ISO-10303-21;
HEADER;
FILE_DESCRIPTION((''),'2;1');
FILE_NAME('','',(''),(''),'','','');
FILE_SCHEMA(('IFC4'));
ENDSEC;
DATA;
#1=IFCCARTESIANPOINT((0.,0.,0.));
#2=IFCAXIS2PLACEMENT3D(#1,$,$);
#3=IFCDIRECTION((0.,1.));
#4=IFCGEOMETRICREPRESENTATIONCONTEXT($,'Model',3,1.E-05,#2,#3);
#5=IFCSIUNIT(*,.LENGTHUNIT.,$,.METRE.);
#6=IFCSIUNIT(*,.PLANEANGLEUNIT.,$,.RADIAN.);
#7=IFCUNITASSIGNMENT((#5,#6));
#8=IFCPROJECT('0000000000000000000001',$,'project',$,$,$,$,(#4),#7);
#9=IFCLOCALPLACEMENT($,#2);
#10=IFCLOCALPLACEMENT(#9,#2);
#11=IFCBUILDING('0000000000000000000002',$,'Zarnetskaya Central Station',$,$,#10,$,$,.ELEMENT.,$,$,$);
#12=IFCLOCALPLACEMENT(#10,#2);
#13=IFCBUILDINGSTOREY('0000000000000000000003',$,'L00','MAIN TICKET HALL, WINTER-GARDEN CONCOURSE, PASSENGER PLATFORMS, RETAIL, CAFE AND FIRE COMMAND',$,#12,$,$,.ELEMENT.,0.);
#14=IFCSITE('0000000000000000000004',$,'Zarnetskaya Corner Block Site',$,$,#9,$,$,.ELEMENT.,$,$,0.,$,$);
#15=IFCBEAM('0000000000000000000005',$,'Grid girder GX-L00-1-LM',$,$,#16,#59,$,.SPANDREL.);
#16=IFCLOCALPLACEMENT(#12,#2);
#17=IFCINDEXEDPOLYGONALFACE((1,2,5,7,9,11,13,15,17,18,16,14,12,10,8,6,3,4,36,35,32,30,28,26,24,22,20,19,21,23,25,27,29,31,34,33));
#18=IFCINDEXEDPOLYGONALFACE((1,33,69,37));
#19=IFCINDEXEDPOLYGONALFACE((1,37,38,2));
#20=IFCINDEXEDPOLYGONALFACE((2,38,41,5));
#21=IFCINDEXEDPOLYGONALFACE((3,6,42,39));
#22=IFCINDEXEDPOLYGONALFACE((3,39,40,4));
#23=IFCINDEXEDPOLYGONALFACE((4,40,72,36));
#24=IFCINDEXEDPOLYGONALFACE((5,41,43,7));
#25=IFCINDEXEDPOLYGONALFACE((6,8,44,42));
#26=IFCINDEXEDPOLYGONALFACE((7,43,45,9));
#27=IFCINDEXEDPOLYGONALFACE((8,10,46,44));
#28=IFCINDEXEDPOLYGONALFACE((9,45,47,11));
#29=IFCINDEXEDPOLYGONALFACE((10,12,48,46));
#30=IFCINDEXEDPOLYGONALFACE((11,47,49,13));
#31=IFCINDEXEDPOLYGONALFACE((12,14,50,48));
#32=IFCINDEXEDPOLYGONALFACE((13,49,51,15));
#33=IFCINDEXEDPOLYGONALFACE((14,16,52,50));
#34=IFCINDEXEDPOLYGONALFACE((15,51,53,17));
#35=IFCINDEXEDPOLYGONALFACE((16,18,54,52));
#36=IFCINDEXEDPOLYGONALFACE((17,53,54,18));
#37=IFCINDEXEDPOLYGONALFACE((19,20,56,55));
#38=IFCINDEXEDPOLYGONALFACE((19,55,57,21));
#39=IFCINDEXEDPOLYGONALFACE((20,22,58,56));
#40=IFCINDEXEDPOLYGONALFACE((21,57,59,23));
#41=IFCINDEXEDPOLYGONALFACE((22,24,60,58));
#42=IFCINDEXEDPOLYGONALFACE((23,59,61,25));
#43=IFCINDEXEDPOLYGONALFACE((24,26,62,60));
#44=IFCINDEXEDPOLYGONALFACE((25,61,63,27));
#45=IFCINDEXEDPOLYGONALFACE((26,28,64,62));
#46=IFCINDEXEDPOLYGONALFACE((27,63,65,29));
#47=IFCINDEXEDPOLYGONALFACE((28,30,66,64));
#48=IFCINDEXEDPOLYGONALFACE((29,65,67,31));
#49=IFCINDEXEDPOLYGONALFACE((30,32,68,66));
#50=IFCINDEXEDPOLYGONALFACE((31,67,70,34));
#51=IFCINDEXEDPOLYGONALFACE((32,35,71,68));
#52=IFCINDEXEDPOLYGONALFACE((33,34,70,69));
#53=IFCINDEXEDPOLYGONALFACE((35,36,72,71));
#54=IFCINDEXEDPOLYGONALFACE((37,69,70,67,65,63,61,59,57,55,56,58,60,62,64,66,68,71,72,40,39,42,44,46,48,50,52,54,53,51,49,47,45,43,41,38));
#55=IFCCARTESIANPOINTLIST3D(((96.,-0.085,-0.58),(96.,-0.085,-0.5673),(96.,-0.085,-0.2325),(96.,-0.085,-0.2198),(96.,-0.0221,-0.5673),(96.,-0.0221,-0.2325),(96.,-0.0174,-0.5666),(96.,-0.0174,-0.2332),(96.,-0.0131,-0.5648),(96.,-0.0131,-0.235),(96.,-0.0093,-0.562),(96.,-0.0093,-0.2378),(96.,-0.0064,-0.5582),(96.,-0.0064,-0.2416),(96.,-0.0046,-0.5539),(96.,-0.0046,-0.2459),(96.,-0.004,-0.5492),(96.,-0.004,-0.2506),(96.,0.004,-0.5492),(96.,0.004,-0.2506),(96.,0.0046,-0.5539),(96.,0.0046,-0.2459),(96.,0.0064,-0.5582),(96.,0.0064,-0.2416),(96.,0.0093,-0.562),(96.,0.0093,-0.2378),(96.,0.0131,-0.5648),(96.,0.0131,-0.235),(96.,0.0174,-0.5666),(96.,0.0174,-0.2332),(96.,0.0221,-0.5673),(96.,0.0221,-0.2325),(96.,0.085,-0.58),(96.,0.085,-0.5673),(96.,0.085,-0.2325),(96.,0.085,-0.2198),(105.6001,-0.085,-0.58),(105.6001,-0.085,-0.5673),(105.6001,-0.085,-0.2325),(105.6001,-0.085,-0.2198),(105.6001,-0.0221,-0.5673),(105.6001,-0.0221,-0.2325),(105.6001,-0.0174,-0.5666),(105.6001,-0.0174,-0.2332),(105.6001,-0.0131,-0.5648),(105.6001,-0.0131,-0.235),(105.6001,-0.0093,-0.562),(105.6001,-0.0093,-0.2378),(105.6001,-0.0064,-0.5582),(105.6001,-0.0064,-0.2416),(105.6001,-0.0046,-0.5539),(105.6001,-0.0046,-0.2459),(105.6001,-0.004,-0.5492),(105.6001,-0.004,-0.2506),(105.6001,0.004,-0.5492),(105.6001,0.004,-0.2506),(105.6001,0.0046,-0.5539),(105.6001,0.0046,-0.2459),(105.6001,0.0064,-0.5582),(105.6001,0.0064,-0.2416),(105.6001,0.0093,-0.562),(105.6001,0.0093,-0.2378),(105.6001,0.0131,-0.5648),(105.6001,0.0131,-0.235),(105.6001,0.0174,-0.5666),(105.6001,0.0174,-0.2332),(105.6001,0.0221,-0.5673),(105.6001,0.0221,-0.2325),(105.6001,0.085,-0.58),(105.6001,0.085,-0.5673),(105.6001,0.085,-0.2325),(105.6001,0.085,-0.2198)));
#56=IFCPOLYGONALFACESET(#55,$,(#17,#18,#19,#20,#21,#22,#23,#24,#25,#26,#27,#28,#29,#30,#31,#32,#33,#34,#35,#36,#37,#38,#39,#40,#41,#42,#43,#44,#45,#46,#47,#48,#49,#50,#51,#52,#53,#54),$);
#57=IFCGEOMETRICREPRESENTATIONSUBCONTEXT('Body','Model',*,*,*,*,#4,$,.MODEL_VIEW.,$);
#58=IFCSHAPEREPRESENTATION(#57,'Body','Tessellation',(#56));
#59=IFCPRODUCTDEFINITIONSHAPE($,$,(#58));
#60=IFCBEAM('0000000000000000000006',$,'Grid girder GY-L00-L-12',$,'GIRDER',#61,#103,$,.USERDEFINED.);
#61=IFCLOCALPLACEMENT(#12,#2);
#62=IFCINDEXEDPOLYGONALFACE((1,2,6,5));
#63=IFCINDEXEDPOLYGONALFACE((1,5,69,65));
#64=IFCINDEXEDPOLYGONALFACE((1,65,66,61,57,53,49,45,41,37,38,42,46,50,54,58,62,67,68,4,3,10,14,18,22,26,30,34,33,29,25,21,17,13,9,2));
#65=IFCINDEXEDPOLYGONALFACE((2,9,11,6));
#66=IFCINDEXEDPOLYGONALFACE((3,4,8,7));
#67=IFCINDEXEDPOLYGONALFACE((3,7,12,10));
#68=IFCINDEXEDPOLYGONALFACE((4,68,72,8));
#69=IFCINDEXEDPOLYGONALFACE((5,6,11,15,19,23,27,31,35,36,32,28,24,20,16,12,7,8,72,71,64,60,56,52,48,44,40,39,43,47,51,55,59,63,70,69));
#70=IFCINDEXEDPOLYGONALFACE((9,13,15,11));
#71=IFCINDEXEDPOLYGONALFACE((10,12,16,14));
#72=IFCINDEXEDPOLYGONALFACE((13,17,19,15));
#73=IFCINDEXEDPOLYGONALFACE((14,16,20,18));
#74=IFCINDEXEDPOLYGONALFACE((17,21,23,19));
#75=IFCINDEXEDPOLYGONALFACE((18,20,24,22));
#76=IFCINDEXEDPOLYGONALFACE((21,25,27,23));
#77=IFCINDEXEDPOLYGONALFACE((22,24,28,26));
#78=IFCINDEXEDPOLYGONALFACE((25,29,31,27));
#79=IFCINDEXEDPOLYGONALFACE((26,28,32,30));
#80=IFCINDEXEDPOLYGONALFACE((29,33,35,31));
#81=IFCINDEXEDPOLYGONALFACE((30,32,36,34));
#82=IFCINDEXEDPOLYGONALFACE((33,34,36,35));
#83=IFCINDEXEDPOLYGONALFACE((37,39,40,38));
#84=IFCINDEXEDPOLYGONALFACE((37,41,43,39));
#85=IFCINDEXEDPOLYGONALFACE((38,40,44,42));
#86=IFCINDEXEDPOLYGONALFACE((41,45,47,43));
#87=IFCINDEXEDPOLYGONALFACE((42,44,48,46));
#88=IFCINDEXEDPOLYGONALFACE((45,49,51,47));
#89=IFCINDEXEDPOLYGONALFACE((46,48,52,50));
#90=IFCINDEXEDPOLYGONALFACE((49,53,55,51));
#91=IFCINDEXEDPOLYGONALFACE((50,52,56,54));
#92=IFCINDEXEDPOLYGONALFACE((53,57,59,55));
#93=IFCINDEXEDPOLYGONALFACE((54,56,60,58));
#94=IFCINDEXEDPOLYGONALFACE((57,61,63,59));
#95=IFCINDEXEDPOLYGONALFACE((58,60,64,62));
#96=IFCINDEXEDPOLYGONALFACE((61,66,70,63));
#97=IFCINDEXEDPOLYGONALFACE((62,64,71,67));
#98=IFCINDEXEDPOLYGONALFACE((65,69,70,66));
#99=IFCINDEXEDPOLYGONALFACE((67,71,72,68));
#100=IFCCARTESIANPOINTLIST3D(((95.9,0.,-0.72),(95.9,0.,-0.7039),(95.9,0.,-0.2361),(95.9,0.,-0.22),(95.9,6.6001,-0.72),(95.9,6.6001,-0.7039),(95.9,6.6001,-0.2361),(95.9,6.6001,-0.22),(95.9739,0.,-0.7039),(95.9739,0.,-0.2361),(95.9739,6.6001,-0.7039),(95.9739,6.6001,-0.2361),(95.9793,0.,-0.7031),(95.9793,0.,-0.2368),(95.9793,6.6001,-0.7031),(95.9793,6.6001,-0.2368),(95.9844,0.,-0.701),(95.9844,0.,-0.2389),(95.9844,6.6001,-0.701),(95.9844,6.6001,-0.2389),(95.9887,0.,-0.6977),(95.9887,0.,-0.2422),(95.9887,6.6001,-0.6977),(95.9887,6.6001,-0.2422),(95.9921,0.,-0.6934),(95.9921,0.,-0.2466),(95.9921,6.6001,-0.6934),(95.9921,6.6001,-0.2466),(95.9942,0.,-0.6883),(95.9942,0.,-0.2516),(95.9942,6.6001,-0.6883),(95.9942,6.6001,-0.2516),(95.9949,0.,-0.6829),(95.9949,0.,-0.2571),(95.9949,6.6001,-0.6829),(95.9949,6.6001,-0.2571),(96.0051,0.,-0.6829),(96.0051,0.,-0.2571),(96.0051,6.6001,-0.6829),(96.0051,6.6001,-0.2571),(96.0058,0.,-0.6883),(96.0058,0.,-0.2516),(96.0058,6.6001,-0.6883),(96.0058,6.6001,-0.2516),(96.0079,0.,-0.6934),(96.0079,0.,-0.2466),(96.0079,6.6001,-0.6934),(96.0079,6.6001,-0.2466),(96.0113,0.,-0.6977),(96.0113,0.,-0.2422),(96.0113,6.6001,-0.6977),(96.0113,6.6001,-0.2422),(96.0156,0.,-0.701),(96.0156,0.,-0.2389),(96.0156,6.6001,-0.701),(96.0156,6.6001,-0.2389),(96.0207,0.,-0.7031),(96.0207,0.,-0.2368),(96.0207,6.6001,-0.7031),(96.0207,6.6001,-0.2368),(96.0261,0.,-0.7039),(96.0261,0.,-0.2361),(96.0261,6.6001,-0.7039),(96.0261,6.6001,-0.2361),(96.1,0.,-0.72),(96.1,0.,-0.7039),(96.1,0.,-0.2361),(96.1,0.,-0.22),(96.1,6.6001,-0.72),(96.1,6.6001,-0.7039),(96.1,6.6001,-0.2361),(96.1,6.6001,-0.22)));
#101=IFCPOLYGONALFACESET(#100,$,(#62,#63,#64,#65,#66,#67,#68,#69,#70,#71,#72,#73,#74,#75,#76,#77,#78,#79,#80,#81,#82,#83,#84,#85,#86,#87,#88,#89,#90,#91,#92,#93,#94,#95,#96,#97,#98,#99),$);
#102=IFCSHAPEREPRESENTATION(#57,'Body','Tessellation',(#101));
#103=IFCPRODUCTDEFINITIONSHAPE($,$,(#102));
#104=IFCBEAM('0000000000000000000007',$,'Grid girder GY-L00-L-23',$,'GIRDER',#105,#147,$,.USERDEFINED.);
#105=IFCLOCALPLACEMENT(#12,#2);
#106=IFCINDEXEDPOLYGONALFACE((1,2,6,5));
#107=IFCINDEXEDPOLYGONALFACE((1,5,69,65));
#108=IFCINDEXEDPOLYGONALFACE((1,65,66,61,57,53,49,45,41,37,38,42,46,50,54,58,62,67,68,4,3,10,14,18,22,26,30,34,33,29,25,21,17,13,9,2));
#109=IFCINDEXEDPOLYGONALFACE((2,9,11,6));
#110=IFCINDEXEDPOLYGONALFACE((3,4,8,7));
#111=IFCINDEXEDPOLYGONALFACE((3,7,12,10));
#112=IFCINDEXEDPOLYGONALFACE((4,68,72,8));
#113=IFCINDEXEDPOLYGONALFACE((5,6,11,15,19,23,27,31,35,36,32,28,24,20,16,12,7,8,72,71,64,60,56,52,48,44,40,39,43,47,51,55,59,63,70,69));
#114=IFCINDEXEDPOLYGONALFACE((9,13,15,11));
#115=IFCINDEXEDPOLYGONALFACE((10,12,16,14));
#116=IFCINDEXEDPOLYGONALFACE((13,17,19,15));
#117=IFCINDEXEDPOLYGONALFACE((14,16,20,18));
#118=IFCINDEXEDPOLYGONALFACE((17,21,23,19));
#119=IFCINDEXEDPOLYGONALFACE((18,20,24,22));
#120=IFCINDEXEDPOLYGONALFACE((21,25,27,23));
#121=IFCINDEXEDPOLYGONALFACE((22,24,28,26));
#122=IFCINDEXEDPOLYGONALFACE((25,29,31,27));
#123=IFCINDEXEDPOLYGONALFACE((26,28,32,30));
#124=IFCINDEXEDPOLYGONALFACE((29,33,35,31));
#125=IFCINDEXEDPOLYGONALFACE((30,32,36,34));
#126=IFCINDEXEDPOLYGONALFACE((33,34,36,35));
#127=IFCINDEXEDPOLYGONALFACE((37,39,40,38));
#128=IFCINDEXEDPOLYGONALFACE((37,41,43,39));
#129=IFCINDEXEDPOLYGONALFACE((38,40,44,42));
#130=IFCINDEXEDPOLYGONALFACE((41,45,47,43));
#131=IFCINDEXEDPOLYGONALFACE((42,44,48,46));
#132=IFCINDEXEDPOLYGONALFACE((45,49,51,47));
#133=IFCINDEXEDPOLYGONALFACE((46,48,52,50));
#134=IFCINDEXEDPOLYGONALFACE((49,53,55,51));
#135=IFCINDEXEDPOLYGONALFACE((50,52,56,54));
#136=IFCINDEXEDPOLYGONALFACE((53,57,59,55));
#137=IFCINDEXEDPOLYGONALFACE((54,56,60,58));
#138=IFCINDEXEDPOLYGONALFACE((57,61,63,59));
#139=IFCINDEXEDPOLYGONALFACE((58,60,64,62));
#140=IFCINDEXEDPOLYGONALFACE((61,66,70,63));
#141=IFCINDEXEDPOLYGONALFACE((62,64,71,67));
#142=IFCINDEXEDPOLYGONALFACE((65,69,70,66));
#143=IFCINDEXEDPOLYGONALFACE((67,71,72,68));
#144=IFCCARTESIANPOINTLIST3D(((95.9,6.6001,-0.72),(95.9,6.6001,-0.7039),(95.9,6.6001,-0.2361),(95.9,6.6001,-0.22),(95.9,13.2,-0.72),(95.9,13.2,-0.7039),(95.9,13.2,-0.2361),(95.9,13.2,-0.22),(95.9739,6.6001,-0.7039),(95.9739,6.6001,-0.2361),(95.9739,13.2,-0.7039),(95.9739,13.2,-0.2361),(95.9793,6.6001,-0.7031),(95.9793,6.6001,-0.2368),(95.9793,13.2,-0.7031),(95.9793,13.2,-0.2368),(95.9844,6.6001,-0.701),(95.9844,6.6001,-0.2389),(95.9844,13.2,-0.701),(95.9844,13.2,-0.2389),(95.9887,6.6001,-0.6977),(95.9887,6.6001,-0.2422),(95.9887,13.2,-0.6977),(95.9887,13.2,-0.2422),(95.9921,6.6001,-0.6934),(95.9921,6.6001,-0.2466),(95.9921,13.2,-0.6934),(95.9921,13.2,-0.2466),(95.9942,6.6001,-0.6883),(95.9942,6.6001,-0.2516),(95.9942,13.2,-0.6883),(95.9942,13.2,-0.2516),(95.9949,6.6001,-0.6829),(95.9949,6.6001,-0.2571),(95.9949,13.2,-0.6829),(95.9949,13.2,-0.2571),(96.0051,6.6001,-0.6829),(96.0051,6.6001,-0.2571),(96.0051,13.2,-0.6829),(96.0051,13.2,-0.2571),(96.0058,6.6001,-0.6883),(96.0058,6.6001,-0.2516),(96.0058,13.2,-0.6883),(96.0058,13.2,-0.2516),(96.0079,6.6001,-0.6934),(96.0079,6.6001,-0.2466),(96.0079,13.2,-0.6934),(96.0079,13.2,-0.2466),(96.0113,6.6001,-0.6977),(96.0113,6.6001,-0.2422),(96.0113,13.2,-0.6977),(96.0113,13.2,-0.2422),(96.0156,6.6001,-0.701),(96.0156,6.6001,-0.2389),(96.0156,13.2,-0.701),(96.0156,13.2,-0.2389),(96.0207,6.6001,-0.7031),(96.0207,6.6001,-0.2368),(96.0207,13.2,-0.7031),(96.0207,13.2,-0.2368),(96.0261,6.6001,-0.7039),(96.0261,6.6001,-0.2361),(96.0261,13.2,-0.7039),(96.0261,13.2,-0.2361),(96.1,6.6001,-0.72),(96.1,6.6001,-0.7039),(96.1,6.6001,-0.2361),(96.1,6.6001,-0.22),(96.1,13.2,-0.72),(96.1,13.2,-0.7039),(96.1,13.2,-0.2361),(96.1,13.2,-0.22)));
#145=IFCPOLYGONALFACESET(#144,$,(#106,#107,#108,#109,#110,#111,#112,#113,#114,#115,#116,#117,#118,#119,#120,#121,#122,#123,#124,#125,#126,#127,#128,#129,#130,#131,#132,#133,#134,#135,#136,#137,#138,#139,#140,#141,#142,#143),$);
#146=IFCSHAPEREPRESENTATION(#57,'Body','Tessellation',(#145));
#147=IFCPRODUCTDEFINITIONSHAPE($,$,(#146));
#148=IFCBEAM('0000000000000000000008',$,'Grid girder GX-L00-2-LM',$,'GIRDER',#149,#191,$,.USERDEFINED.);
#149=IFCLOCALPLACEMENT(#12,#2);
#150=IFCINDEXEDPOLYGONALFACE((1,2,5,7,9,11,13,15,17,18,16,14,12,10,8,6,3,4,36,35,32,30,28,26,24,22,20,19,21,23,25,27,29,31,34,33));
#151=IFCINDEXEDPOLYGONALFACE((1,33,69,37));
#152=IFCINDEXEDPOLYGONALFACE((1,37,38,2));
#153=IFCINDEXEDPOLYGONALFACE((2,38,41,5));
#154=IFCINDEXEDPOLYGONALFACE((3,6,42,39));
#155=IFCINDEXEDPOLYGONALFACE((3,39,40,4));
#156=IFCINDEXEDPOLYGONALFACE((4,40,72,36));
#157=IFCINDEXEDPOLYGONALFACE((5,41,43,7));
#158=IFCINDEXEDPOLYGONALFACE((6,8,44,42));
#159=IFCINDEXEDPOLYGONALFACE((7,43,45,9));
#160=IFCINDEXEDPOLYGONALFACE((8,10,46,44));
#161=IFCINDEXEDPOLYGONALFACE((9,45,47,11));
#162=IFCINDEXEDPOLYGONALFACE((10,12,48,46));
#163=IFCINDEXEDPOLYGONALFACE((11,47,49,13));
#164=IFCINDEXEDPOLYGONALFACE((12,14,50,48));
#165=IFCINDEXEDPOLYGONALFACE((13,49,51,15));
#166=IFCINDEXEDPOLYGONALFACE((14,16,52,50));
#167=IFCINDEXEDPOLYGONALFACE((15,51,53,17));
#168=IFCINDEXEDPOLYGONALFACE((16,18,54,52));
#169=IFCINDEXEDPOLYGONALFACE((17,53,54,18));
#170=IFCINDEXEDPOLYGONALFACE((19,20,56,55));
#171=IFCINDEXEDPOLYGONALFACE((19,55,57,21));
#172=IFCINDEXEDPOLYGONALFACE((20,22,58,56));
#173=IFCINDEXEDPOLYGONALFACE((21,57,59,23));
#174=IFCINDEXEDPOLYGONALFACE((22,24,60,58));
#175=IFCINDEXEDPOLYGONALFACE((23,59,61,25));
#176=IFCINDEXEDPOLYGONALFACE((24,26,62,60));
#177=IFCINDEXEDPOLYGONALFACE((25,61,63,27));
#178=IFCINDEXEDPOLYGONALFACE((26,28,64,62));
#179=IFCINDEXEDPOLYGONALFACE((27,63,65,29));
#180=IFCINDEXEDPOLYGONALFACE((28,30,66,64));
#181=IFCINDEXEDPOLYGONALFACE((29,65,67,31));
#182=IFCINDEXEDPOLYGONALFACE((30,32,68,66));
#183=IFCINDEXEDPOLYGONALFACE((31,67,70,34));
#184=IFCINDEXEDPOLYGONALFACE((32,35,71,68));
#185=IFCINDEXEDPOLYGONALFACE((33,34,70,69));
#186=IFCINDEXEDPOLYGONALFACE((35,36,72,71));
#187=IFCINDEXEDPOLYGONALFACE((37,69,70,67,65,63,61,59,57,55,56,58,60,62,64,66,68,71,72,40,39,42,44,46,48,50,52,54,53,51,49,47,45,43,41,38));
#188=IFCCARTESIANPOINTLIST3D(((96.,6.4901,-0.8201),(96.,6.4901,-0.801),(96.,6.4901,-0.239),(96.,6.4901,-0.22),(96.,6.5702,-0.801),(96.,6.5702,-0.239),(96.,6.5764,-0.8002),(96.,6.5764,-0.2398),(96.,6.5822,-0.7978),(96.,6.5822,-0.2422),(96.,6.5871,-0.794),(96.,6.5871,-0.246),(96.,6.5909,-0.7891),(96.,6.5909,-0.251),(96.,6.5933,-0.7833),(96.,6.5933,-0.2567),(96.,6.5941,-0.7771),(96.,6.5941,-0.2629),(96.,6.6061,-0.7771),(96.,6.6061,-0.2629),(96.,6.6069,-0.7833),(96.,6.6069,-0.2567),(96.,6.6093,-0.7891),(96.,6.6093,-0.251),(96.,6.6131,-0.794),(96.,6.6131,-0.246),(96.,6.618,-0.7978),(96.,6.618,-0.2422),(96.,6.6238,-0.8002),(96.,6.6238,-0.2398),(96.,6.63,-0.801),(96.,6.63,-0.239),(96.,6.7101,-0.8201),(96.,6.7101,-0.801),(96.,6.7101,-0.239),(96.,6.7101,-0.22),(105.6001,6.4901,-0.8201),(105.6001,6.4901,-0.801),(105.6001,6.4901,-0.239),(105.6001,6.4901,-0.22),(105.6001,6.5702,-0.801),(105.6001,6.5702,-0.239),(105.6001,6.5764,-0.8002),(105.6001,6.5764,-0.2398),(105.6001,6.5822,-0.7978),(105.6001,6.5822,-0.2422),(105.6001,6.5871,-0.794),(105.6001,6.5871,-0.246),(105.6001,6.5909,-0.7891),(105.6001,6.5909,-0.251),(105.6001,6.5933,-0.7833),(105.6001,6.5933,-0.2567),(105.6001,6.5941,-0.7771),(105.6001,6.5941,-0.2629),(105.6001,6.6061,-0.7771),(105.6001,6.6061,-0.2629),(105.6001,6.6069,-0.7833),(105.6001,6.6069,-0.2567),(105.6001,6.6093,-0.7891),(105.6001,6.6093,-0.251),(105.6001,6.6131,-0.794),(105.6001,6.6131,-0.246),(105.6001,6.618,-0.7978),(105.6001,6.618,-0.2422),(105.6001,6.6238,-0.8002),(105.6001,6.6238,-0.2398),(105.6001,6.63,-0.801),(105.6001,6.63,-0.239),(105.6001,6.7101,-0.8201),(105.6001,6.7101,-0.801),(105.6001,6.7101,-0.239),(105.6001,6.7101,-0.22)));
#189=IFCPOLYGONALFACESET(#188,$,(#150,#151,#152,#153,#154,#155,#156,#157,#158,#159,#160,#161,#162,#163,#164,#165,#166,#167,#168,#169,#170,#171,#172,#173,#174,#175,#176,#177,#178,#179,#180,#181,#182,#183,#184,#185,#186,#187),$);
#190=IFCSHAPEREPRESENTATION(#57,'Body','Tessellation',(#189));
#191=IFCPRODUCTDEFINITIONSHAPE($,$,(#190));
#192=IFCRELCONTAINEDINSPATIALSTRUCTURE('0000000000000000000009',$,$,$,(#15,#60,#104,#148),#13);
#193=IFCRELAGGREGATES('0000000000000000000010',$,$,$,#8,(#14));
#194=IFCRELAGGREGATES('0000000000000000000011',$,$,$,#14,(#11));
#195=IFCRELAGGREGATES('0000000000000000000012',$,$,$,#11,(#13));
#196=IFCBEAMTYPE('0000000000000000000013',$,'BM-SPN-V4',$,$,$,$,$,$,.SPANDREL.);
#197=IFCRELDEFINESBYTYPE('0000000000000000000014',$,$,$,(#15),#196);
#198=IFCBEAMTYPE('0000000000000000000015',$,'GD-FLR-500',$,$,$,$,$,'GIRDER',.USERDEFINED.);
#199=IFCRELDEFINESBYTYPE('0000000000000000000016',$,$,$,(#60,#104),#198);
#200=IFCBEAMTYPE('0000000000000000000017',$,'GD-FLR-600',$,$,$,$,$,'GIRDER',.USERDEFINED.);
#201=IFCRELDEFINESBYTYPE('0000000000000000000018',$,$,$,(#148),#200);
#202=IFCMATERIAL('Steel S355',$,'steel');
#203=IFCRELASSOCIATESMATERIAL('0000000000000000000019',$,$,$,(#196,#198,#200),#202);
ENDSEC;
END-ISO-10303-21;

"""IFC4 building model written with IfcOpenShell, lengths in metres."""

from ifc_helpers import new_model, si_unit, direction, frame, origin, origin_2d, place, context, subcontext, project, spatial, i_section, extrude, material, material_profile, profile_set, type_object, element, save


model = new_model("IFC4")

# Units and contexts
model_context = context("Model", 3, precision=1e-05, world=origin(), true_north=direction((0.0, 1.0)))
body_context = subcontext(model_context, "Body", "Model", "MODEL_VIEW")
ifc_project = project(units=[si_unit("LENGTHUNIT", "METRE"), si_unit("PLANEANGLEUNIT", "RADIAN")], contexts=[model_context])

# Site, building, storey
site_placement = place(None, origin())
site = spatial("IfcSite", under=ifc_project, at=site_placement, Name="Zarnetskaya Corner Block Site", CompositionType="ELEMENT", RefElevation=0.0)
building_placement = place(site_placement, origin())
building = spatial("IfcBuilding", under=site, at=building_placement, Name="Zarnetskaya Central Station", CompositionType="ELEMENT")
storey_placement = place(building_placement, origin())
storey = spatial("IfcBuildingStorey", under=building, at=storey_placement, Name="L00", Description="MAIN TICKET HALL, WINTER-GARDEN CONCOURSE, PASSENGER PLATFORMS, RETAIL, CAFE AND FIRE COMMAND", CompositionType="ELEMENT", Elevation=0.0)

# Shared definitions
ifc_material_1 = material(Name="Steel S355", Category="steel")

# Beams
ifc_material_profile_1 = material_profile(ifc_material_1, i_section(OverallWidth=0.1699, OverallDepth=0.3601, WebThickness=0.0081, FlangeThickness=0.0127, FilletRadius=0.0181, at=origin_2d()), Name="IPE 360")
ifc_profile_set_1 = profile_set([ifc_material_profile_1], Name="Steel S355")
beam_type_1 = type_object("IfcBeamType", Name="BM-SPN-V4", PredefinedType="SPANDREL", material=ifc_profile_set_1)
beam_1_placement = place(storey_placement, frame((96.0, 0.0, -0.3999), z_axis=(1.0, 0.0, 0.0), x_axis=(0.0, 1.0, 0.0)))
element("IfcBeam", 1, at=beam_1_placement, inside=storey, type_object=beam_type_1, Name="Grid girder GX-L00-1-LM", PredefinedType="SPANDREL", context=body_context, shape_type="SweptSolid", body=[
    extrude(i_section(OverallWidth=0.1699, OverallDepth=0.3601, WebThickness=0.0081, FlangeThickness=0.0127, FilletRadius=0.0181, at=origin_2d()), origin(), (0.0, 0.0, 1.0), 9.6001),
])
ifc_material_profile_2 = material_profile(ifc_material_1, i_section(OverallWidth=0.2, OverallDepth=0.5, WebThickness=0.0103, FlangeThickness=0.0161, FilletRadius=0.021, at=origin_2d()), Name="IPE 500")
ifc_profile_set_2 = profile_set([ifc_material_profile_2], Name="Steel S355")
beam_type_2 = type_object("IfcBeamType", Name="GD-FLR-500", ElementType="GIRDER", PredefinedType="USERDEFINED", material=ifc_profile_set_2)
beam_2_placement = place(storey_placement, frame((96.0, 0.0, -0.47), z_axis=(0.0, 1.0, 0.0), x_axis=(-1.0, 0.0, 0.0)))
element("IfcBeam", 2, at=beam_2_placement, inside=storey, type_object=beam_type_2, Name="Grid girder GY-L00-L-12", ObjectType="GIRDER", PredefinedType="USERDEFINED", context=body_context, shape_type="SweptSolid", body=[
    extrude(i_section(OverallWidth=0.2, OverallDepth=0.5, WebThickness=0.0103, FlangeThickness=0.0161, FilletRadius=0.021, at=origin_2d()), origin(), (0.0, 0.0, 1.0), 6.6001),
])
beam_3_placement = place(storey_placement, frame((96.0, 6.6001, -0.47), z_axis=(0.0, 1.0, 0.0), x_axis=(-1.0, 0.0, 0.0)))
element("IfcBeam", 3, at=beam_3_placement, inside=storey, type_object=beam_type_2, Name="Grid girder GY-L00-L-23", ObjectType="GIRDER", PredefinedType="USERDEFINED", context=body_context, shape_type="SweptSolid", body=[
    extrude(i_section(OverallWidth=0.2, OverallDepth=0.5, WebThickness=0.0103, FlangeThickness=0.0161, FilletRadius=0.021, at=origin_2d()), origin(), (0.0, 0.0, 1.0), 6.5999),
])
ifc_material_profile_3 = material_profile(ifc_material_1, i_section(OverallWidth=0.22, OverallDepth=0.6001, WebThickness=0.012, FlangeThickness=0.019, FilletRadius=0.0239, at=origin_2d()), Name="IPE 600")
ifc_profile_set_3 = profile_set([ifc_material_profile_3], Name="Steel S355")
beam_type_3 = type_object("IfcBeamType", Name="GD-FLR-600", ElementType="GIRDER", PredefinedType="USERDEFINED", material=ifc_profile_set_3)
beam_4_placement = place(storey_placement, frame((96.0, 6.6001, -0.52), z_axis=(1.0, 0.0, 0.0), x_axis=(0.0, 1.0, 0.0)))
element("IfcBeam", 4, at=beam_4_placement, inside=storey, type_object=beam_type_3, Name="Grid girder GX-L00-2-LM", ObjectType="GIRDER", PredefinedType="USERDEFINED", context=body_context, shape_type="SweptSolid", body=[
    extrude(i_section(OverallWidth=0.22, OverallDepth=0.6001, WebThickness=0.012, FlangeThickness=0.019, FilletRadius=0.0239, at=origin_2d()), origin(), (0.0, 0.0, 1.0), 9.6001),
])

save(model, "model.ifc")
